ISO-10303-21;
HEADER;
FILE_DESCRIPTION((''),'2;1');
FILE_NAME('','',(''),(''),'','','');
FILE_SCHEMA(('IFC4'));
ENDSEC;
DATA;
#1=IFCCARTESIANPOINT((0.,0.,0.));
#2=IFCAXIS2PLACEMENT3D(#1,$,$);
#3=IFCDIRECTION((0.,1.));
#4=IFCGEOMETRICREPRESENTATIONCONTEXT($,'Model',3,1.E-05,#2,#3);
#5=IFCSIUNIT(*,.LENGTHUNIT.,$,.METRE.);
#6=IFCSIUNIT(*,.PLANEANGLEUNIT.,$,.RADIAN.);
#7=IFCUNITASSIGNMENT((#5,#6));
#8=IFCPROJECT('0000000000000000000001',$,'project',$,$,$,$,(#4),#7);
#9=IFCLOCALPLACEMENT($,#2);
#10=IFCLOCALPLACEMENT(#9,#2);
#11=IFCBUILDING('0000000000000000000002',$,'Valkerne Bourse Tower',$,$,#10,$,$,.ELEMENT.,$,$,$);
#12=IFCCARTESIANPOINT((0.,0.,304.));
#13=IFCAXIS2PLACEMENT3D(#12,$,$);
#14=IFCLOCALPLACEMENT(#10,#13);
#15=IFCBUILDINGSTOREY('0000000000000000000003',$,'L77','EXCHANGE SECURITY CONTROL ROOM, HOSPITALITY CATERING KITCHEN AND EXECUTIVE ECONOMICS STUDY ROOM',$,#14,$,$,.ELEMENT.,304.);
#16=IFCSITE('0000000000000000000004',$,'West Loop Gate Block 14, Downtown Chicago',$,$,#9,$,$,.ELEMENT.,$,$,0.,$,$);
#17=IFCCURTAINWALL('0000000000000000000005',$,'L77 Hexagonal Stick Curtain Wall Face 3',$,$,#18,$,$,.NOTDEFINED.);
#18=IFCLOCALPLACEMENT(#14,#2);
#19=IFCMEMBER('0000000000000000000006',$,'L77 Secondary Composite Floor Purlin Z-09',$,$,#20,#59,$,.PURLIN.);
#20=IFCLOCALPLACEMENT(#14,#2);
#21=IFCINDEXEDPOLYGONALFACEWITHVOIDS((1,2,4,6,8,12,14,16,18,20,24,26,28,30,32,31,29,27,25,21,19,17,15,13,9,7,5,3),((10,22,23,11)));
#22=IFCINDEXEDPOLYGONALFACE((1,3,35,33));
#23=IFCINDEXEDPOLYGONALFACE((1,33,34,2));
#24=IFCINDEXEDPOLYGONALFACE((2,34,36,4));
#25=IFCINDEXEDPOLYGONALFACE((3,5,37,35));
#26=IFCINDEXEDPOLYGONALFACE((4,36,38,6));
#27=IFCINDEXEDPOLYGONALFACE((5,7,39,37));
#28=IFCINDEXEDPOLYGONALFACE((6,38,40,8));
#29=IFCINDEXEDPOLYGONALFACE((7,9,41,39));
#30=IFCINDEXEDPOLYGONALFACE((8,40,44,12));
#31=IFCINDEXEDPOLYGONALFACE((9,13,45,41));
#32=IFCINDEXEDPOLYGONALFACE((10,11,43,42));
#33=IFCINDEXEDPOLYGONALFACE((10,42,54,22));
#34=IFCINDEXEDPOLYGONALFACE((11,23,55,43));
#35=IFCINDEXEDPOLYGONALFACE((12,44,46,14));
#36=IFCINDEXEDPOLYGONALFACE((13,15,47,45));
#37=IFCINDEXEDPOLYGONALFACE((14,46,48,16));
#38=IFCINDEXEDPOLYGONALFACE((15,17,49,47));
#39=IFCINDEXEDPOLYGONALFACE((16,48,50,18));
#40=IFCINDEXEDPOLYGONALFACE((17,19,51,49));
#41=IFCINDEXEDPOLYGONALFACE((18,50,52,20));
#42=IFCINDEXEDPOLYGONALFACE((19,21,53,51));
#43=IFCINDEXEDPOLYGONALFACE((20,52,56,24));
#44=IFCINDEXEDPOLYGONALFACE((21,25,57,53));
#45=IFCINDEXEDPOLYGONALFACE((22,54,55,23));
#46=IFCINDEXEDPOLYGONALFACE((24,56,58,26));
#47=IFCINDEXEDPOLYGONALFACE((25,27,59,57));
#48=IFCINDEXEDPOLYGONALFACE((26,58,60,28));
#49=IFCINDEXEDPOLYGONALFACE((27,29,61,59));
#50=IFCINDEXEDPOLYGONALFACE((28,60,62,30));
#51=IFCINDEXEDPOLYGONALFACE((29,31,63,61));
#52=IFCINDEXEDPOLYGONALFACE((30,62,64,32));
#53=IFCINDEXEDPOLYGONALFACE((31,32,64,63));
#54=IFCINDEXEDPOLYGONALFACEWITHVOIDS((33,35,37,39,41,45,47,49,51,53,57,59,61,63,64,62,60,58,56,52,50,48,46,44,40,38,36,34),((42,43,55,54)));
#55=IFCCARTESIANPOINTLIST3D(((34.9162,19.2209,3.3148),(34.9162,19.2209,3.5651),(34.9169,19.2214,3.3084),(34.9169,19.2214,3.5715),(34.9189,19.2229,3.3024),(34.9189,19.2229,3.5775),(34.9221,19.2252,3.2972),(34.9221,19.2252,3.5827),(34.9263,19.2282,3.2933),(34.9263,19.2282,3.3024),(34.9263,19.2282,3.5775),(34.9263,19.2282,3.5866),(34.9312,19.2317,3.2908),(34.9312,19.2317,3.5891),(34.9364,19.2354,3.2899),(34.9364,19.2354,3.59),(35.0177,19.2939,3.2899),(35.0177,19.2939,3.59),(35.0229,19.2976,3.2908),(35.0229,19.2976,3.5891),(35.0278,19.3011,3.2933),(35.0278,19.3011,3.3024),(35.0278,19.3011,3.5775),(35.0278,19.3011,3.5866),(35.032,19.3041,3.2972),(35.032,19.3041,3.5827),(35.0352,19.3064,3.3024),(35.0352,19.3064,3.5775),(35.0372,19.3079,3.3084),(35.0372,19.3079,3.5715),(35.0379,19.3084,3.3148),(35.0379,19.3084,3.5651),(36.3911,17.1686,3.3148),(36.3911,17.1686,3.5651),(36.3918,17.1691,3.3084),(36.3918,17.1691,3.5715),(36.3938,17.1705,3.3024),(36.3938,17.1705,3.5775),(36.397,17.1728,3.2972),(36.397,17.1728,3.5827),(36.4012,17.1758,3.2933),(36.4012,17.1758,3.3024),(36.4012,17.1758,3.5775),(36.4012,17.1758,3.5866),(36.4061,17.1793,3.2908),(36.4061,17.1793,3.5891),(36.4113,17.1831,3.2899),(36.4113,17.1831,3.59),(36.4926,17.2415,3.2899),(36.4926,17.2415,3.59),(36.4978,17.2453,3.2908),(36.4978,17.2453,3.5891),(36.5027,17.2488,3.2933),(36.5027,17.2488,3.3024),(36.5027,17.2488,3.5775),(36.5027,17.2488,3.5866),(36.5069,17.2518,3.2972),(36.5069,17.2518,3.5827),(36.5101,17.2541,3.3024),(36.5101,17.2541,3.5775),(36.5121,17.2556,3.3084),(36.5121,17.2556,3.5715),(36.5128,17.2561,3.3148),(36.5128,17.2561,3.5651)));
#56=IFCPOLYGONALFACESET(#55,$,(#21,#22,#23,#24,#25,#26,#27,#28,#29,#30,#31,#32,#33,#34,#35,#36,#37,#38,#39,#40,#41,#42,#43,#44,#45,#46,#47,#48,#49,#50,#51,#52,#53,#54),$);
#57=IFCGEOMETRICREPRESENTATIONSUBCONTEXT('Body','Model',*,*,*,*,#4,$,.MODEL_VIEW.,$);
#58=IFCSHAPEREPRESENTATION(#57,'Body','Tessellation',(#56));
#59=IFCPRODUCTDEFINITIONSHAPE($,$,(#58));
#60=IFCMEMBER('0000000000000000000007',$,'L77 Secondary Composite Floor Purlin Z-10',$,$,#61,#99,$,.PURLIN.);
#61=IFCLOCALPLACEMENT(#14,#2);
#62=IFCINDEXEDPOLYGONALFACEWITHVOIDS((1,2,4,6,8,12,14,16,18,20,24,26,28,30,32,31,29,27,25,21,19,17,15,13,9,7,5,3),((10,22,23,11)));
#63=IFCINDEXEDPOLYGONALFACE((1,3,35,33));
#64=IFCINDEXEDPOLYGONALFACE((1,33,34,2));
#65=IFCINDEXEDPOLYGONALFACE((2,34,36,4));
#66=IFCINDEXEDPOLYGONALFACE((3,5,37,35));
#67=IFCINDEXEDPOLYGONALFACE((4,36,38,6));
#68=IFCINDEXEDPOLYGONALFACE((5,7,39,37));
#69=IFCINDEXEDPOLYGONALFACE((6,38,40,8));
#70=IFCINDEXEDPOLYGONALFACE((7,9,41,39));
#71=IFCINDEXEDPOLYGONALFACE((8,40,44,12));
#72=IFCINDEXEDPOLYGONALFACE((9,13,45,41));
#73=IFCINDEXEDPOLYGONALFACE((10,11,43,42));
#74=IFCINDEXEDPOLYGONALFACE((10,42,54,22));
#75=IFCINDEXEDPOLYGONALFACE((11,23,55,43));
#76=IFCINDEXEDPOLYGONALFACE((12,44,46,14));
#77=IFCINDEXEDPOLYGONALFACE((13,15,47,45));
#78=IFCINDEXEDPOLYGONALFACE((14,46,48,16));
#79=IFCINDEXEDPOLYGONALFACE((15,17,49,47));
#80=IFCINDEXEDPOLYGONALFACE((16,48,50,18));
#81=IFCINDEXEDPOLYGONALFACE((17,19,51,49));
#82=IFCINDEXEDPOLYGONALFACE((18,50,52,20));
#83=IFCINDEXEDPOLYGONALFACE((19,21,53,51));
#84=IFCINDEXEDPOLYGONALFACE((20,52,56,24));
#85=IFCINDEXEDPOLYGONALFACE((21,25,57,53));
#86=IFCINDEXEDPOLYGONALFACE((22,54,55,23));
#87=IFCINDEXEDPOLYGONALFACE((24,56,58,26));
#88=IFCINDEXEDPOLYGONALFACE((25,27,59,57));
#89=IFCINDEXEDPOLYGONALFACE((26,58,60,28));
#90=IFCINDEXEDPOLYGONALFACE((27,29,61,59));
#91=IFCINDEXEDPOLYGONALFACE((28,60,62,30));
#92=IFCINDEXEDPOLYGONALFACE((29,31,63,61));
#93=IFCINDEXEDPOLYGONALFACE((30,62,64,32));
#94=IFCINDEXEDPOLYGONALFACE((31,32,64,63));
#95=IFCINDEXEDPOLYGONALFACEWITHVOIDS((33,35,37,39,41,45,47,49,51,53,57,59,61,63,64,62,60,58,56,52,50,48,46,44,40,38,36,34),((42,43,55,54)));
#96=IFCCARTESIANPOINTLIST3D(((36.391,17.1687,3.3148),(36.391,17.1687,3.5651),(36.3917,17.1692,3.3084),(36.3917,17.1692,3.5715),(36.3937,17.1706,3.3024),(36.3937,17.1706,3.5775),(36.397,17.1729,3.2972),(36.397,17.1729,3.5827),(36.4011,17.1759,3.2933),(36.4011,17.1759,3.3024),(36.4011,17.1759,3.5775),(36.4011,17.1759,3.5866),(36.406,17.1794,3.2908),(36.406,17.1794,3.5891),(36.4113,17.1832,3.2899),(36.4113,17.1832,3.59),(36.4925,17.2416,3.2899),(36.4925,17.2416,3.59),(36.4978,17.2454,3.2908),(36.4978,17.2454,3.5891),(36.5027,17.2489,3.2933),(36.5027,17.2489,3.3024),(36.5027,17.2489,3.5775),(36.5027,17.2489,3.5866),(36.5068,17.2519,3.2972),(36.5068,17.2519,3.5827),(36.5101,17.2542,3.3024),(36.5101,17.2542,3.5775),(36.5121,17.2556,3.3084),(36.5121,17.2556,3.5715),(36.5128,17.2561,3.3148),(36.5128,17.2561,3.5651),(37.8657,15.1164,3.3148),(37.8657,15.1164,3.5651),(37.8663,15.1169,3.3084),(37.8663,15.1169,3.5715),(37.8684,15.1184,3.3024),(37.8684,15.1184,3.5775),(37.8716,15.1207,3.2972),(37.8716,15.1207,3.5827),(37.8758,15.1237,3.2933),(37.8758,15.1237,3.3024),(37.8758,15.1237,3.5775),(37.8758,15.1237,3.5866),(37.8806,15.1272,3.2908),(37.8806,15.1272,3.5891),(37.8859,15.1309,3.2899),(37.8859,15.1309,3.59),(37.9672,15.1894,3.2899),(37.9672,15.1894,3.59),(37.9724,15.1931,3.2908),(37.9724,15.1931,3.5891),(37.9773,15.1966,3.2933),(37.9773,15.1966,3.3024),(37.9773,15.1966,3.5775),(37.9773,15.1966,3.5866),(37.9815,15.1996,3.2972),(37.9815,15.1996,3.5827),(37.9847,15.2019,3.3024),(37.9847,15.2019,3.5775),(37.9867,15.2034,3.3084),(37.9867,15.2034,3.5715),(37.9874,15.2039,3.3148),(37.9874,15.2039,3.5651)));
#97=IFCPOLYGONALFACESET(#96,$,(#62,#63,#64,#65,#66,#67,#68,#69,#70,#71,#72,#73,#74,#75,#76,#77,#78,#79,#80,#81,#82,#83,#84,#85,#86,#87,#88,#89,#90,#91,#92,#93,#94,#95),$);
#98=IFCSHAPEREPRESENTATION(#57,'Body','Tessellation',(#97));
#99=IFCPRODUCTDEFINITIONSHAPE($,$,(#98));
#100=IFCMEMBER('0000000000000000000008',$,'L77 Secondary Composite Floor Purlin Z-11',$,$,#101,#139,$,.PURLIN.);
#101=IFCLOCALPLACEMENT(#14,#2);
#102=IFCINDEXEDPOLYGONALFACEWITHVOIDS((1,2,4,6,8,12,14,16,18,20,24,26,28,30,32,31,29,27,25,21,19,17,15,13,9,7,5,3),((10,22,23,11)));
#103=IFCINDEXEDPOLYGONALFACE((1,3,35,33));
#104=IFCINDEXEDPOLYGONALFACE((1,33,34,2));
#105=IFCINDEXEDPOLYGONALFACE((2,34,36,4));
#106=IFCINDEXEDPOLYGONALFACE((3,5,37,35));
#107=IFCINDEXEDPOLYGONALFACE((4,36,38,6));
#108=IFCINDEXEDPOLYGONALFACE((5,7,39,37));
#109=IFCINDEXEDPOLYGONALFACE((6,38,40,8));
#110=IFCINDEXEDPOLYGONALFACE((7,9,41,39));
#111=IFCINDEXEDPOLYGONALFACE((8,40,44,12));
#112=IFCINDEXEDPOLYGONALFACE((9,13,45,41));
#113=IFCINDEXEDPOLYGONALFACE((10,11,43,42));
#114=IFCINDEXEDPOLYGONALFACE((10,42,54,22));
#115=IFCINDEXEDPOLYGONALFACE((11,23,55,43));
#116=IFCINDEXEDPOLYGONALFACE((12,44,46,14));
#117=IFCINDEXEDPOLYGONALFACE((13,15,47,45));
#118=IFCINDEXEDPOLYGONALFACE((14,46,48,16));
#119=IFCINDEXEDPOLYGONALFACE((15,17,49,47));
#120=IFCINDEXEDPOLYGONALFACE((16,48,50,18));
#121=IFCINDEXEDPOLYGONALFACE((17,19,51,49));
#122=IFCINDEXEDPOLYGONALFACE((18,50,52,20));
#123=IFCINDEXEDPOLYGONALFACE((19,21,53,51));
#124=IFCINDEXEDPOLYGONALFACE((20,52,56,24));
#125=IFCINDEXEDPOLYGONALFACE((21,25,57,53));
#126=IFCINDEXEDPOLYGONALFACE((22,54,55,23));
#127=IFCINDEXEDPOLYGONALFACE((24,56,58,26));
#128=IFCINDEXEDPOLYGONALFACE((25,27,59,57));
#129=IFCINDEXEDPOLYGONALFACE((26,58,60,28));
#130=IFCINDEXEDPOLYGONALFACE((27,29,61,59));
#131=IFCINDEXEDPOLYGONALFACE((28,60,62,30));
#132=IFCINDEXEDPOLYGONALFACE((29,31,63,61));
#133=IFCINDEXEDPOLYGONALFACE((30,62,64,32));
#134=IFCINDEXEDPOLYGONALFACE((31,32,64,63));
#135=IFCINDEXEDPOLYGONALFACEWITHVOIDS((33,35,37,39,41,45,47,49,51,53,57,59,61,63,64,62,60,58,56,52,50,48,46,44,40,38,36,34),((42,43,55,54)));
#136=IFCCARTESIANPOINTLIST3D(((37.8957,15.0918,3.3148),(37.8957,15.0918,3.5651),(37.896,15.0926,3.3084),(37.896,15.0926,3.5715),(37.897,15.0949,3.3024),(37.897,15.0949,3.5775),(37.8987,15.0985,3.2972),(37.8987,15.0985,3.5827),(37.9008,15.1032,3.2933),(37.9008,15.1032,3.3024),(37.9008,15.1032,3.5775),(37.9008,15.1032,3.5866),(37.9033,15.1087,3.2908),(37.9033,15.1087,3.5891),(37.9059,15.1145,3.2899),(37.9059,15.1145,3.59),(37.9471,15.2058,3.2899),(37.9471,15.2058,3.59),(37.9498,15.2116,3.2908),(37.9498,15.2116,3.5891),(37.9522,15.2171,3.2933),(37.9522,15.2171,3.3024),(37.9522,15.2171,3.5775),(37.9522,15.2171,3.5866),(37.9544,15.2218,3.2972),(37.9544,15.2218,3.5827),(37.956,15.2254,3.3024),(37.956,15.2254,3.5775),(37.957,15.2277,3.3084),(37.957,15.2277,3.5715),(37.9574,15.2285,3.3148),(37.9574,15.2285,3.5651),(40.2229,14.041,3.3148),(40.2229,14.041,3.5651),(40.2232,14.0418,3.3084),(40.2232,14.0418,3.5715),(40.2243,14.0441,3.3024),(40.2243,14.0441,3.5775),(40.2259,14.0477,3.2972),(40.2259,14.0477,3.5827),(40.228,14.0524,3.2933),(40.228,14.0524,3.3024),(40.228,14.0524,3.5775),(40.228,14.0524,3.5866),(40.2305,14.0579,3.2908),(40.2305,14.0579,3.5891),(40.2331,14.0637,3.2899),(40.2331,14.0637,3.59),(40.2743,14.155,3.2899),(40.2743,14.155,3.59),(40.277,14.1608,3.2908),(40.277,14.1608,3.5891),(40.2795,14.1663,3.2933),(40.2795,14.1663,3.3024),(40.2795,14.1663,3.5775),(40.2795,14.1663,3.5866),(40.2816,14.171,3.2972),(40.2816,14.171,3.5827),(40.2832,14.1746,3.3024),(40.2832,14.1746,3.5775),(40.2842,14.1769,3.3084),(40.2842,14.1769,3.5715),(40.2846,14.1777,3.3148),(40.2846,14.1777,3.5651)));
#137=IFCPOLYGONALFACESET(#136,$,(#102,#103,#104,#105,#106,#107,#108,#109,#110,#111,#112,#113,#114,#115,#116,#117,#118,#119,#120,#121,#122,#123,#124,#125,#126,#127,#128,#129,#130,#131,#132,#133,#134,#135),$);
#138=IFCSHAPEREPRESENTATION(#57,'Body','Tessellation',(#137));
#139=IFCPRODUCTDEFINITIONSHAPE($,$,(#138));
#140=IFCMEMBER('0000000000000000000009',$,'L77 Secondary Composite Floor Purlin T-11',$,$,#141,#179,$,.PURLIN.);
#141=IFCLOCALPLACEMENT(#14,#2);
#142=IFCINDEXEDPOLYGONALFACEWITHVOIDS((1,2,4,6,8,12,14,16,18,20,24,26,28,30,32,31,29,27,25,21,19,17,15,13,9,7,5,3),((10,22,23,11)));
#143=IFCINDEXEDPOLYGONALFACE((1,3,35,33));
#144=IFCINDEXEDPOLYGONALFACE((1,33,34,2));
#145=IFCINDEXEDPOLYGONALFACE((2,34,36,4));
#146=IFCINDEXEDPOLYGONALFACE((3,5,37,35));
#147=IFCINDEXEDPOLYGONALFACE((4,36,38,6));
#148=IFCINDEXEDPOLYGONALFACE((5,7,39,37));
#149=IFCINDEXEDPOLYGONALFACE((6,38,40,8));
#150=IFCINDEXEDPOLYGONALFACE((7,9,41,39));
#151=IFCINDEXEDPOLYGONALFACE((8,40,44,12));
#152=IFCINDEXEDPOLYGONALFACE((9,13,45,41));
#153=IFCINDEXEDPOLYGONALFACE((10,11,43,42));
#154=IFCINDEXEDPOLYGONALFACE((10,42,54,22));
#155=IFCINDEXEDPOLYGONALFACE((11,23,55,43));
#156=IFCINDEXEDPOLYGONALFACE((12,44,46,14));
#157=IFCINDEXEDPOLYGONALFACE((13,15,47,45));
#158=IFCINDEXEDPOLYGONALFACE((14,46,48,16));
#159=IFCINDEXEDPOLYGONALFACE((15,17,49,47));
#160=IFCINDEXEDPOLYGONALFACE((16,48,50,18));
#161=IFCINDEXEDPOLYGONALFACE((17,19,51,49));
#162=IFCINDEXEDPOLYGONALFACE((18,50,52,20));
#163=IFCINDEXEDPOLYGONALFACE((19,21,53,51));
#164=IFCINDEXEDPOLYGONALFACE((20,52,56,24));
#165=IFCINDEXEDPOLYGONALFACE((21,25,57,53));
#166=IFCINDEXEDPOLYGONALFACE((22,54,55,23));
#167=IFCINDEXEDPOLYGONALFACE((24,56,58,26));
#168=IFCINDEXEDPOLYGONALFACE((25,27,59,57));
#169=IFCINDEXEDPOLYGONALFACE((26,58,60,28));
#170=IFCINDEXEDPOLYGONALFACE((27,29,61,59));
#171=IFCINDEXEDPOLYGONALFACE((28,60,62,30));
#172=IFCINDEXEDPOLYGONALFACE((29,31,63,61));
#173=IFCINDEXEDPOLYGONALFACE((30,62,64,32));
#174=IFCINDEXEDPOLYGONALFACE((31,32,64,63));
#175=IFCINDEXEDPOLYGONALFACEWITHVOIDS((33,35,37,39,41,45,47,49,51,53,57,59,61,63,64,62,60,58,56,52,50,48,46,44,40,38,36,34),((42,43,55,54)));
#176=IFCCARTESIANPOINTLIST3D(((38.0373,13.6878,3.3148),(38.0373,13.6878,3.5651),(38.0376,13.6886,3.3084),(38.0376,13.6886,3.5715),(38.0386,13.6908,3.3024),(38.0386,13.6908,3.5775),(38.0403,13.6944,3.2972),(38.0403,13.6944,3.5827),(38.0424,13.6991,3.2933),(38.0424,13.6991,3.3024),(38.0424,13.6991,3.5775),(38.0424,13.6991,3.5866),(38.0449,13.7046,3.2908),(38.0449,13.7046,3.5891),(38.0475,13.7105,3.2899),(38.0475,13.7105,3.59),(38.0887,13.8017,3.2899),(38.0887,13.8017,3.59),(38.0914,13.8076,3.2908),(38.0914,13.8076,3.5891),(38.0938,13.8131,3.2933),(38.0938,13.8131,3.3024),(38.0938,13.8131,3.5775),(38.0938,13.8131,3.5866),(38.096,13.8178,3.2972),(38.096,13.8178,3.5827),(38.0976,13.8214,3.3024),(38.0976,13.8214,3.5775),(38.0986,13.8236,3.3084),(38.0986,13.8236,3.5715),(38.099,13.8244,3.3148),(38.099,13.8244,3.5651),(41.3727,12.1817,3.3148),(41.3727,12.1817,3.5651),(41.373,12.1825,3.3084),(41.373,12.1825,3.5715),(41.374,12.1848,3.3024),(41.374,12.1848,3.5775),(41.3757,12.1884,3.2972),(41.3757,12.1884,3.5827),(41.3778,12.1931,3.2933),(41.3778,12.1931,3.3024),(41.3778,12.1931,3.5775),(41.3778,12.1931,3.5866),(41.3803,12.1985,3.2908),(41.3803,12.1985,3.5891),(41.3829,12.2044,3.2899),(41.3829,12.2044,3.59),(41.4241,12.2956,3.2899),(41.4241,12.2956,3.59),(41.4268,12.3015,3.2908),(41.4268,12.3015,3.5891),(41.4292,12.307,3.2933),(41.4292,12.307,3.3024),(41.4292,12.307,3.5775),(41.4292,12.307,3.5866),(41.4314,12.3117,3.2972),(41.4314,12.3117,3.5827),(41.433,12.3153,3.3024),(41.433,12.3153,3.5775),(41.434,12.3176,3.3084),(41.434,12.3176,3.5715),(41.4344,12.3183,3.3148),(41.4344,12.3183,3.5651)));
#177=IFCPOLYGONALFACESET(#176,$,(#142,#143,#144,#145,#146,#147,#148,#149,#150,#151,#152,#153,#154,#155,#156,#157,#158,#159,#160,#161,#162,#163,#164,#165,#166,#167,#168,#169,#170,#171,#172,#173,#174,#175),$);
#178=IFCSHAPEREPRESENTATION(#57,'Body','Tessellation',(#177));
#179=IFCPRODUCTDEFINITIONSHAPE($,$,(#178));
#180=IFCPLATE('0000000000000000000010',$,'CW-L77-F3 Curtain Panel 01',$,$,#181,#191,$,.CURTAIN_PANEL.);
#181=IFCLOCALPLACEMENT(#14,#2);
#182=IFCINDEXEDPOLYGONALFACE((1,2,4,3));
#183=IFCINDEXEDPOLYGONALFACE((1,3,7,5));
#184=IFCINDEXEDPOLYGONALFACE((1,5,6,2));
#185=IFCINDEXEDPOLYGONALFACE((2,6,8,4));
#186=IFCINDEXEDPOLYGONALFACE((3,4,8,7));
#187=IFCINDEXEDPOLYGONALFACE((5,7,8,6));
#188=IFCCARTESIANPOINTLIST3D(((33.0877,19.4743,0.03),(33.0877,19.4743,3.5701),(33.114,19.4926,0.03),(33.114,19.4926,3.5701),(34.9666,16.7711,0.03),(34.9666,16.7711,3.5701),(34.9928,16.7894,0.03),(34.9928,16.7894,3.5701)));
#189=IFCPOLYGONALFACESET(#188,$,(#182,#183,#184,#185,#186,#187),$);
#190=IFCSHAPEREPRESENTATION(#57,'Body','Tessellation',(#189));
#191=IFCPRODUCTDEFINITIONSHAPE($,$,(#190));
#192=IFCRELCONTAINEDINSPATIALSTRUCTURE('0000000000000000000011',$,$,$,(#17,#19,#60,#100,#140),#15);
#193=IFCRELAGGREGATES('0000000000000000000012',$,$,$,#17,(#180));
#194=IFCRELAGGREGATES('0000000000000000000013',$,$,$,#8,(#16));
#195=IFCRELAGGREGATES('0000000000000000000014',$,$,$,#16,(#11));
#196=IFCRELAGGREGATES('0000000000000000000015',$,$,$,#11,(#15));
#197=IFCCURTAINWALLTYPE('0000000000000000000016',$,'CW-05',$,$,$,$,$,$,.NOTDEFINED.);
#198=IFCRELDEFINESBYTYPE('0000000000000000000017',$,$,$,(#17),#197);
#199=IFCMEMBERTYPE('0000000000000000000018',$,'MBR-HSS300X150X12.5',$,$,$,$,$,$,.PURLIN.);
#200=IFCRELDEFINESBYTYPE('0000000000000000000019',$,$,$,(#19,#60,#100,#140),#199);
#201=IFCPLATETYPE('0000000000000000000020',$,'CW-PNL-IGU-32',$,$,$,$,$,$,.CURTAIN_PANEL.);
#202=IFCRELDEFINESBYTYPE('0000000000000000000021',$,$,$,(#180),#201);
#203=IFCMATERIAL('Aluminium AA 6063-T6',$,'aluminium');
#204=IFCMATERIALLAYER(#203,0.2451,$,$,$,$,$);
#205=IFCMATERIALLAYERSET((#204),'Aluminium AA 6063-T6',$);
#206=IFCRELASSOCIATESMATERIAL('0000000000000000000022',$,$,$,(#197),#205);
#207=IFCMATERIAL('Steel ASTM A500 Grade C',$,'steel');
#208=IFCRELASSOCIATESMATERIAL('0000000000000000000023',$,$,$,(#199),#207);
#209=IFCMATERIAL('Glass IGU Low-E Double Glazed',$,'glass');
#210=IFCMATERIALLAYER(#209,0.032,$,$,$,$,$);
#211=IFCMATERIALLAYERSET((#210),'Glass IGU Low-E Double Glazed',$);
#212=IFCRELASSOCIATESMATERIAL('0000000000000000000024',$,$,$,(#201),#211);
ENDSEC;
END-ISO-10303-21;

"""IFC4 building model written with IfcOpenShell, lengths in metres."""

from ifc_helpers import new_model, si_unit, direction, frame, origin, origin_2d, place, context, subcontext, project, spatial, rectangle, hollow_rectangle, extrude, material, layer, layer_set, material_profile, profile_set, type_object, element, aggregate, save


model = new_model("IFC4")

# Units and contexts
model_context = context("Model", 3, precision=1e-05, world=origin(), true_north=direction((0.0, 1.0)))
body_context = subcontext(model_context, "Body", "Model", "MODEL_VIEW")
ifc_project = project(units=[si_unit("LENGTHUNIT", "METRE"), si_unit("PLANEANGLEUNIT", "RADIAN")], contexts=[model_context])

# Site, building, storey
site_placement = place(None, origin())
site = spatial("IfcSite", under=ifc_project, at=site_placement, Name="West Loop Gate Block 14, Downtown Chicago", CompositionType="ELEMENT", RefElevation=0.0)
building_placement = place(site_placement, origin())
building = spatial("IfcBuilding", under=site, at=building_placement, Name="Valkerne Bourse Tower", CompositionType="ELEMENT")
storey_placement = place(building_placement, frame((0.0, 0.0, 304.0)))
storey = spatial("IfcBuildingStorey", under=building, at=storey_placement, Name="L77", Description="EXCHANGE SECURITY CONTROL ROOM, HOSPITALITY CATERING KITCHEN AND EXECUTIVE ECONOMICS STUDY ROOM", CompositionType="ELEMENT", Elevation=304.0)

# Curtain wall
ifc_material_1 = material(Name="Aluminium AA 6063-T6", Category="aluminium")
ifc_layer_1 = layer(ifc_material_1, 0.2451)
ifc_layer_set_1 = layer_set([ifc_layer_1], Name="Aluminium AA 6063-T6")
curtain_wall_type = type_object("IfcCurtainWallType", Name="CW-05", PredefinedType="NOTDEFINED", material=ifc_layer_set_1)
curtain_wall_placement = place(storey_placement, origin())
curtain_wall = element("IfcCurtainWall", 1, at=curtain_wall_placement, inside=storey, type_object=curtain_wall_type, Name="L77 Hexagonal Stick Curtain Wall Face 3", PredefinedType="NOTDEFINED")

# Members
ifc_material_2 = material(Name="Steel ASTM A500 Grade C", Category="steel")
ifc_material_profile_1 = material_profile(ifc_material_2, hollow_rectangle(XDim=0.1499, YDim=0.3, WallThickness=0.0125, OuterFilletRadius=0.0249, at=origin_2d()), Name="HSS300X150X12.5")
ifc_profile_set_1 = profile_set([ifc_material_profile_1], Name="Steel ASTM A500 Grade C")
member_type_1 = type_object("IfcMemberType", Name="MBR-HSS300X150X12.5", PredefinedType="PURLIN", material=ifc_profile_set_1)
member_1_placement = place(storey_placement, frame((34.9771, 19.2646, 3.4399), z_axis=(0.583584, -0.812053, 0.0), x_axis=(0.812053, 0.583584, 0.0)))
element("IfcMember", 2, at=member_1_placement, inside=storey, type_object=member_type_1, Name="L77 Secondary Composite Floor Purlin Z-09", PredefinedType="PURLIN", context=body_context, shape_type="SweptSolid", body=[
    extrude(hollow_rectangle(XDim=0.1499, YDim=0.3, WallThickness=0.0125, OuterFilletRadius=0.0249, at=origin_2d()), origin(), (0.0, 0.0, 1.0), 2.5273),
])
member_2_placement = place(storey_placement, frame((36.4519, 17.2124, 3.4399), z_axis=(0.583521, -0.812098, 0.0), x_axis=(0.812098, 0.583521, 0.0)))
element("IfcMember", 3, at=member_2_placement, inside=storey, type_object=member_type_1, Name="L77 Secondary Composite Floor Purlin Z-10", PredefinedType="PURLIN", context=body_context, shape_type="SweptSolid", body=[
    extrude(hollow_rectangle(XDim=0.1499, YDim=0.3, WallThickness=0.0125, OuterFilletRadius=0.0249, at=origin_2d()), origin(), (0.0, 0.0, 1.0), 2.5271),
])
member_3_placement = place(storey_placement, frame((37.9265, 15.1602, 3.4399), z_axis=(0.911398, -0.411525, 0.0), x_axis=(0.411525, 0.911398, 0.0)))
element("IfcMember", 4, at=member_3_placement, inside=storey, type_object=member_type_1, Name="L77 Secondary Composite Floor Purlin Z-11", PredefinedType="PURLIN", context=body_context, shape_type="SweptSolid", body=[
    extrude(hollow_rectangle(XDim=0.1499, YDim=0.3, WallThickness=0.0125, OuterFilletRadius=0.0249, at=origin_2d()), origin(), (0.0, 0.0, 1.0), 2.5535),
])
member_4_placement = place(storey_placement, frame((38.0681, 13.7561, 3.4399), z_axis=(0.911394, -0.411535, 0.0), x_axis=(0.411535, 0.911394, 0.0)))
element("IfcMember", 5, at=member_4_placement, inside=storey, type_object=member_type_1, Name="L77 Secondary Composite Floor Purlin T-11", PredefinedType="PURLIN", context=body_context, shape_type="SweptSolid", body=[
    extrude(hollow_rectangle(XDim=0.1499, YDim=0.3, WallThickness=0.0125, OuterFilletRadius=0.0249, at=origin_2d()), origin(), (0.0, 0.0, 1.0), 3.6597),
])

# Plate
ifc_material_3 = material(Name="Glass IGU Low-E Double Glazed", Category="glass")
ifc_layer_2 = layer(ifc_material_3, 0.032)
ifc_layer_set_2 = layer_set([ifc_layer_2], Name="Glass IGU Low-E Double Glazed")
plate_type = type_object("IfcPlateType", Name="CW-PNL-IGU-32", PredefinedType="CURTAIN_PANEL", material=ifc_layer_set_2)
plate_1_placement = place(storey_placement, frame((34.0403, 18.1318, 0.03), z_axis=(0.0, 0.0, 1.0), x_axis=(0.57072, -0.821145, 0.0)))
plate_1 = element("IfcPlate", 6, at=plate_1_placement, type_object=plate_type, Name="CW-L77-F3 Curtain Panel 01", PredefinedType="CURTAIN_PANEL", context=body_context, shape_type="SweptSolid", body=[
    extrude(rectangle(XDim=3.292, YDim=0.032, at=origin_2d()), origin(), (0.0, 0.0, 1.0), 3.54),
])
aggregate(curtain_wall, [plate_1])

save(model, "model.ifc")
